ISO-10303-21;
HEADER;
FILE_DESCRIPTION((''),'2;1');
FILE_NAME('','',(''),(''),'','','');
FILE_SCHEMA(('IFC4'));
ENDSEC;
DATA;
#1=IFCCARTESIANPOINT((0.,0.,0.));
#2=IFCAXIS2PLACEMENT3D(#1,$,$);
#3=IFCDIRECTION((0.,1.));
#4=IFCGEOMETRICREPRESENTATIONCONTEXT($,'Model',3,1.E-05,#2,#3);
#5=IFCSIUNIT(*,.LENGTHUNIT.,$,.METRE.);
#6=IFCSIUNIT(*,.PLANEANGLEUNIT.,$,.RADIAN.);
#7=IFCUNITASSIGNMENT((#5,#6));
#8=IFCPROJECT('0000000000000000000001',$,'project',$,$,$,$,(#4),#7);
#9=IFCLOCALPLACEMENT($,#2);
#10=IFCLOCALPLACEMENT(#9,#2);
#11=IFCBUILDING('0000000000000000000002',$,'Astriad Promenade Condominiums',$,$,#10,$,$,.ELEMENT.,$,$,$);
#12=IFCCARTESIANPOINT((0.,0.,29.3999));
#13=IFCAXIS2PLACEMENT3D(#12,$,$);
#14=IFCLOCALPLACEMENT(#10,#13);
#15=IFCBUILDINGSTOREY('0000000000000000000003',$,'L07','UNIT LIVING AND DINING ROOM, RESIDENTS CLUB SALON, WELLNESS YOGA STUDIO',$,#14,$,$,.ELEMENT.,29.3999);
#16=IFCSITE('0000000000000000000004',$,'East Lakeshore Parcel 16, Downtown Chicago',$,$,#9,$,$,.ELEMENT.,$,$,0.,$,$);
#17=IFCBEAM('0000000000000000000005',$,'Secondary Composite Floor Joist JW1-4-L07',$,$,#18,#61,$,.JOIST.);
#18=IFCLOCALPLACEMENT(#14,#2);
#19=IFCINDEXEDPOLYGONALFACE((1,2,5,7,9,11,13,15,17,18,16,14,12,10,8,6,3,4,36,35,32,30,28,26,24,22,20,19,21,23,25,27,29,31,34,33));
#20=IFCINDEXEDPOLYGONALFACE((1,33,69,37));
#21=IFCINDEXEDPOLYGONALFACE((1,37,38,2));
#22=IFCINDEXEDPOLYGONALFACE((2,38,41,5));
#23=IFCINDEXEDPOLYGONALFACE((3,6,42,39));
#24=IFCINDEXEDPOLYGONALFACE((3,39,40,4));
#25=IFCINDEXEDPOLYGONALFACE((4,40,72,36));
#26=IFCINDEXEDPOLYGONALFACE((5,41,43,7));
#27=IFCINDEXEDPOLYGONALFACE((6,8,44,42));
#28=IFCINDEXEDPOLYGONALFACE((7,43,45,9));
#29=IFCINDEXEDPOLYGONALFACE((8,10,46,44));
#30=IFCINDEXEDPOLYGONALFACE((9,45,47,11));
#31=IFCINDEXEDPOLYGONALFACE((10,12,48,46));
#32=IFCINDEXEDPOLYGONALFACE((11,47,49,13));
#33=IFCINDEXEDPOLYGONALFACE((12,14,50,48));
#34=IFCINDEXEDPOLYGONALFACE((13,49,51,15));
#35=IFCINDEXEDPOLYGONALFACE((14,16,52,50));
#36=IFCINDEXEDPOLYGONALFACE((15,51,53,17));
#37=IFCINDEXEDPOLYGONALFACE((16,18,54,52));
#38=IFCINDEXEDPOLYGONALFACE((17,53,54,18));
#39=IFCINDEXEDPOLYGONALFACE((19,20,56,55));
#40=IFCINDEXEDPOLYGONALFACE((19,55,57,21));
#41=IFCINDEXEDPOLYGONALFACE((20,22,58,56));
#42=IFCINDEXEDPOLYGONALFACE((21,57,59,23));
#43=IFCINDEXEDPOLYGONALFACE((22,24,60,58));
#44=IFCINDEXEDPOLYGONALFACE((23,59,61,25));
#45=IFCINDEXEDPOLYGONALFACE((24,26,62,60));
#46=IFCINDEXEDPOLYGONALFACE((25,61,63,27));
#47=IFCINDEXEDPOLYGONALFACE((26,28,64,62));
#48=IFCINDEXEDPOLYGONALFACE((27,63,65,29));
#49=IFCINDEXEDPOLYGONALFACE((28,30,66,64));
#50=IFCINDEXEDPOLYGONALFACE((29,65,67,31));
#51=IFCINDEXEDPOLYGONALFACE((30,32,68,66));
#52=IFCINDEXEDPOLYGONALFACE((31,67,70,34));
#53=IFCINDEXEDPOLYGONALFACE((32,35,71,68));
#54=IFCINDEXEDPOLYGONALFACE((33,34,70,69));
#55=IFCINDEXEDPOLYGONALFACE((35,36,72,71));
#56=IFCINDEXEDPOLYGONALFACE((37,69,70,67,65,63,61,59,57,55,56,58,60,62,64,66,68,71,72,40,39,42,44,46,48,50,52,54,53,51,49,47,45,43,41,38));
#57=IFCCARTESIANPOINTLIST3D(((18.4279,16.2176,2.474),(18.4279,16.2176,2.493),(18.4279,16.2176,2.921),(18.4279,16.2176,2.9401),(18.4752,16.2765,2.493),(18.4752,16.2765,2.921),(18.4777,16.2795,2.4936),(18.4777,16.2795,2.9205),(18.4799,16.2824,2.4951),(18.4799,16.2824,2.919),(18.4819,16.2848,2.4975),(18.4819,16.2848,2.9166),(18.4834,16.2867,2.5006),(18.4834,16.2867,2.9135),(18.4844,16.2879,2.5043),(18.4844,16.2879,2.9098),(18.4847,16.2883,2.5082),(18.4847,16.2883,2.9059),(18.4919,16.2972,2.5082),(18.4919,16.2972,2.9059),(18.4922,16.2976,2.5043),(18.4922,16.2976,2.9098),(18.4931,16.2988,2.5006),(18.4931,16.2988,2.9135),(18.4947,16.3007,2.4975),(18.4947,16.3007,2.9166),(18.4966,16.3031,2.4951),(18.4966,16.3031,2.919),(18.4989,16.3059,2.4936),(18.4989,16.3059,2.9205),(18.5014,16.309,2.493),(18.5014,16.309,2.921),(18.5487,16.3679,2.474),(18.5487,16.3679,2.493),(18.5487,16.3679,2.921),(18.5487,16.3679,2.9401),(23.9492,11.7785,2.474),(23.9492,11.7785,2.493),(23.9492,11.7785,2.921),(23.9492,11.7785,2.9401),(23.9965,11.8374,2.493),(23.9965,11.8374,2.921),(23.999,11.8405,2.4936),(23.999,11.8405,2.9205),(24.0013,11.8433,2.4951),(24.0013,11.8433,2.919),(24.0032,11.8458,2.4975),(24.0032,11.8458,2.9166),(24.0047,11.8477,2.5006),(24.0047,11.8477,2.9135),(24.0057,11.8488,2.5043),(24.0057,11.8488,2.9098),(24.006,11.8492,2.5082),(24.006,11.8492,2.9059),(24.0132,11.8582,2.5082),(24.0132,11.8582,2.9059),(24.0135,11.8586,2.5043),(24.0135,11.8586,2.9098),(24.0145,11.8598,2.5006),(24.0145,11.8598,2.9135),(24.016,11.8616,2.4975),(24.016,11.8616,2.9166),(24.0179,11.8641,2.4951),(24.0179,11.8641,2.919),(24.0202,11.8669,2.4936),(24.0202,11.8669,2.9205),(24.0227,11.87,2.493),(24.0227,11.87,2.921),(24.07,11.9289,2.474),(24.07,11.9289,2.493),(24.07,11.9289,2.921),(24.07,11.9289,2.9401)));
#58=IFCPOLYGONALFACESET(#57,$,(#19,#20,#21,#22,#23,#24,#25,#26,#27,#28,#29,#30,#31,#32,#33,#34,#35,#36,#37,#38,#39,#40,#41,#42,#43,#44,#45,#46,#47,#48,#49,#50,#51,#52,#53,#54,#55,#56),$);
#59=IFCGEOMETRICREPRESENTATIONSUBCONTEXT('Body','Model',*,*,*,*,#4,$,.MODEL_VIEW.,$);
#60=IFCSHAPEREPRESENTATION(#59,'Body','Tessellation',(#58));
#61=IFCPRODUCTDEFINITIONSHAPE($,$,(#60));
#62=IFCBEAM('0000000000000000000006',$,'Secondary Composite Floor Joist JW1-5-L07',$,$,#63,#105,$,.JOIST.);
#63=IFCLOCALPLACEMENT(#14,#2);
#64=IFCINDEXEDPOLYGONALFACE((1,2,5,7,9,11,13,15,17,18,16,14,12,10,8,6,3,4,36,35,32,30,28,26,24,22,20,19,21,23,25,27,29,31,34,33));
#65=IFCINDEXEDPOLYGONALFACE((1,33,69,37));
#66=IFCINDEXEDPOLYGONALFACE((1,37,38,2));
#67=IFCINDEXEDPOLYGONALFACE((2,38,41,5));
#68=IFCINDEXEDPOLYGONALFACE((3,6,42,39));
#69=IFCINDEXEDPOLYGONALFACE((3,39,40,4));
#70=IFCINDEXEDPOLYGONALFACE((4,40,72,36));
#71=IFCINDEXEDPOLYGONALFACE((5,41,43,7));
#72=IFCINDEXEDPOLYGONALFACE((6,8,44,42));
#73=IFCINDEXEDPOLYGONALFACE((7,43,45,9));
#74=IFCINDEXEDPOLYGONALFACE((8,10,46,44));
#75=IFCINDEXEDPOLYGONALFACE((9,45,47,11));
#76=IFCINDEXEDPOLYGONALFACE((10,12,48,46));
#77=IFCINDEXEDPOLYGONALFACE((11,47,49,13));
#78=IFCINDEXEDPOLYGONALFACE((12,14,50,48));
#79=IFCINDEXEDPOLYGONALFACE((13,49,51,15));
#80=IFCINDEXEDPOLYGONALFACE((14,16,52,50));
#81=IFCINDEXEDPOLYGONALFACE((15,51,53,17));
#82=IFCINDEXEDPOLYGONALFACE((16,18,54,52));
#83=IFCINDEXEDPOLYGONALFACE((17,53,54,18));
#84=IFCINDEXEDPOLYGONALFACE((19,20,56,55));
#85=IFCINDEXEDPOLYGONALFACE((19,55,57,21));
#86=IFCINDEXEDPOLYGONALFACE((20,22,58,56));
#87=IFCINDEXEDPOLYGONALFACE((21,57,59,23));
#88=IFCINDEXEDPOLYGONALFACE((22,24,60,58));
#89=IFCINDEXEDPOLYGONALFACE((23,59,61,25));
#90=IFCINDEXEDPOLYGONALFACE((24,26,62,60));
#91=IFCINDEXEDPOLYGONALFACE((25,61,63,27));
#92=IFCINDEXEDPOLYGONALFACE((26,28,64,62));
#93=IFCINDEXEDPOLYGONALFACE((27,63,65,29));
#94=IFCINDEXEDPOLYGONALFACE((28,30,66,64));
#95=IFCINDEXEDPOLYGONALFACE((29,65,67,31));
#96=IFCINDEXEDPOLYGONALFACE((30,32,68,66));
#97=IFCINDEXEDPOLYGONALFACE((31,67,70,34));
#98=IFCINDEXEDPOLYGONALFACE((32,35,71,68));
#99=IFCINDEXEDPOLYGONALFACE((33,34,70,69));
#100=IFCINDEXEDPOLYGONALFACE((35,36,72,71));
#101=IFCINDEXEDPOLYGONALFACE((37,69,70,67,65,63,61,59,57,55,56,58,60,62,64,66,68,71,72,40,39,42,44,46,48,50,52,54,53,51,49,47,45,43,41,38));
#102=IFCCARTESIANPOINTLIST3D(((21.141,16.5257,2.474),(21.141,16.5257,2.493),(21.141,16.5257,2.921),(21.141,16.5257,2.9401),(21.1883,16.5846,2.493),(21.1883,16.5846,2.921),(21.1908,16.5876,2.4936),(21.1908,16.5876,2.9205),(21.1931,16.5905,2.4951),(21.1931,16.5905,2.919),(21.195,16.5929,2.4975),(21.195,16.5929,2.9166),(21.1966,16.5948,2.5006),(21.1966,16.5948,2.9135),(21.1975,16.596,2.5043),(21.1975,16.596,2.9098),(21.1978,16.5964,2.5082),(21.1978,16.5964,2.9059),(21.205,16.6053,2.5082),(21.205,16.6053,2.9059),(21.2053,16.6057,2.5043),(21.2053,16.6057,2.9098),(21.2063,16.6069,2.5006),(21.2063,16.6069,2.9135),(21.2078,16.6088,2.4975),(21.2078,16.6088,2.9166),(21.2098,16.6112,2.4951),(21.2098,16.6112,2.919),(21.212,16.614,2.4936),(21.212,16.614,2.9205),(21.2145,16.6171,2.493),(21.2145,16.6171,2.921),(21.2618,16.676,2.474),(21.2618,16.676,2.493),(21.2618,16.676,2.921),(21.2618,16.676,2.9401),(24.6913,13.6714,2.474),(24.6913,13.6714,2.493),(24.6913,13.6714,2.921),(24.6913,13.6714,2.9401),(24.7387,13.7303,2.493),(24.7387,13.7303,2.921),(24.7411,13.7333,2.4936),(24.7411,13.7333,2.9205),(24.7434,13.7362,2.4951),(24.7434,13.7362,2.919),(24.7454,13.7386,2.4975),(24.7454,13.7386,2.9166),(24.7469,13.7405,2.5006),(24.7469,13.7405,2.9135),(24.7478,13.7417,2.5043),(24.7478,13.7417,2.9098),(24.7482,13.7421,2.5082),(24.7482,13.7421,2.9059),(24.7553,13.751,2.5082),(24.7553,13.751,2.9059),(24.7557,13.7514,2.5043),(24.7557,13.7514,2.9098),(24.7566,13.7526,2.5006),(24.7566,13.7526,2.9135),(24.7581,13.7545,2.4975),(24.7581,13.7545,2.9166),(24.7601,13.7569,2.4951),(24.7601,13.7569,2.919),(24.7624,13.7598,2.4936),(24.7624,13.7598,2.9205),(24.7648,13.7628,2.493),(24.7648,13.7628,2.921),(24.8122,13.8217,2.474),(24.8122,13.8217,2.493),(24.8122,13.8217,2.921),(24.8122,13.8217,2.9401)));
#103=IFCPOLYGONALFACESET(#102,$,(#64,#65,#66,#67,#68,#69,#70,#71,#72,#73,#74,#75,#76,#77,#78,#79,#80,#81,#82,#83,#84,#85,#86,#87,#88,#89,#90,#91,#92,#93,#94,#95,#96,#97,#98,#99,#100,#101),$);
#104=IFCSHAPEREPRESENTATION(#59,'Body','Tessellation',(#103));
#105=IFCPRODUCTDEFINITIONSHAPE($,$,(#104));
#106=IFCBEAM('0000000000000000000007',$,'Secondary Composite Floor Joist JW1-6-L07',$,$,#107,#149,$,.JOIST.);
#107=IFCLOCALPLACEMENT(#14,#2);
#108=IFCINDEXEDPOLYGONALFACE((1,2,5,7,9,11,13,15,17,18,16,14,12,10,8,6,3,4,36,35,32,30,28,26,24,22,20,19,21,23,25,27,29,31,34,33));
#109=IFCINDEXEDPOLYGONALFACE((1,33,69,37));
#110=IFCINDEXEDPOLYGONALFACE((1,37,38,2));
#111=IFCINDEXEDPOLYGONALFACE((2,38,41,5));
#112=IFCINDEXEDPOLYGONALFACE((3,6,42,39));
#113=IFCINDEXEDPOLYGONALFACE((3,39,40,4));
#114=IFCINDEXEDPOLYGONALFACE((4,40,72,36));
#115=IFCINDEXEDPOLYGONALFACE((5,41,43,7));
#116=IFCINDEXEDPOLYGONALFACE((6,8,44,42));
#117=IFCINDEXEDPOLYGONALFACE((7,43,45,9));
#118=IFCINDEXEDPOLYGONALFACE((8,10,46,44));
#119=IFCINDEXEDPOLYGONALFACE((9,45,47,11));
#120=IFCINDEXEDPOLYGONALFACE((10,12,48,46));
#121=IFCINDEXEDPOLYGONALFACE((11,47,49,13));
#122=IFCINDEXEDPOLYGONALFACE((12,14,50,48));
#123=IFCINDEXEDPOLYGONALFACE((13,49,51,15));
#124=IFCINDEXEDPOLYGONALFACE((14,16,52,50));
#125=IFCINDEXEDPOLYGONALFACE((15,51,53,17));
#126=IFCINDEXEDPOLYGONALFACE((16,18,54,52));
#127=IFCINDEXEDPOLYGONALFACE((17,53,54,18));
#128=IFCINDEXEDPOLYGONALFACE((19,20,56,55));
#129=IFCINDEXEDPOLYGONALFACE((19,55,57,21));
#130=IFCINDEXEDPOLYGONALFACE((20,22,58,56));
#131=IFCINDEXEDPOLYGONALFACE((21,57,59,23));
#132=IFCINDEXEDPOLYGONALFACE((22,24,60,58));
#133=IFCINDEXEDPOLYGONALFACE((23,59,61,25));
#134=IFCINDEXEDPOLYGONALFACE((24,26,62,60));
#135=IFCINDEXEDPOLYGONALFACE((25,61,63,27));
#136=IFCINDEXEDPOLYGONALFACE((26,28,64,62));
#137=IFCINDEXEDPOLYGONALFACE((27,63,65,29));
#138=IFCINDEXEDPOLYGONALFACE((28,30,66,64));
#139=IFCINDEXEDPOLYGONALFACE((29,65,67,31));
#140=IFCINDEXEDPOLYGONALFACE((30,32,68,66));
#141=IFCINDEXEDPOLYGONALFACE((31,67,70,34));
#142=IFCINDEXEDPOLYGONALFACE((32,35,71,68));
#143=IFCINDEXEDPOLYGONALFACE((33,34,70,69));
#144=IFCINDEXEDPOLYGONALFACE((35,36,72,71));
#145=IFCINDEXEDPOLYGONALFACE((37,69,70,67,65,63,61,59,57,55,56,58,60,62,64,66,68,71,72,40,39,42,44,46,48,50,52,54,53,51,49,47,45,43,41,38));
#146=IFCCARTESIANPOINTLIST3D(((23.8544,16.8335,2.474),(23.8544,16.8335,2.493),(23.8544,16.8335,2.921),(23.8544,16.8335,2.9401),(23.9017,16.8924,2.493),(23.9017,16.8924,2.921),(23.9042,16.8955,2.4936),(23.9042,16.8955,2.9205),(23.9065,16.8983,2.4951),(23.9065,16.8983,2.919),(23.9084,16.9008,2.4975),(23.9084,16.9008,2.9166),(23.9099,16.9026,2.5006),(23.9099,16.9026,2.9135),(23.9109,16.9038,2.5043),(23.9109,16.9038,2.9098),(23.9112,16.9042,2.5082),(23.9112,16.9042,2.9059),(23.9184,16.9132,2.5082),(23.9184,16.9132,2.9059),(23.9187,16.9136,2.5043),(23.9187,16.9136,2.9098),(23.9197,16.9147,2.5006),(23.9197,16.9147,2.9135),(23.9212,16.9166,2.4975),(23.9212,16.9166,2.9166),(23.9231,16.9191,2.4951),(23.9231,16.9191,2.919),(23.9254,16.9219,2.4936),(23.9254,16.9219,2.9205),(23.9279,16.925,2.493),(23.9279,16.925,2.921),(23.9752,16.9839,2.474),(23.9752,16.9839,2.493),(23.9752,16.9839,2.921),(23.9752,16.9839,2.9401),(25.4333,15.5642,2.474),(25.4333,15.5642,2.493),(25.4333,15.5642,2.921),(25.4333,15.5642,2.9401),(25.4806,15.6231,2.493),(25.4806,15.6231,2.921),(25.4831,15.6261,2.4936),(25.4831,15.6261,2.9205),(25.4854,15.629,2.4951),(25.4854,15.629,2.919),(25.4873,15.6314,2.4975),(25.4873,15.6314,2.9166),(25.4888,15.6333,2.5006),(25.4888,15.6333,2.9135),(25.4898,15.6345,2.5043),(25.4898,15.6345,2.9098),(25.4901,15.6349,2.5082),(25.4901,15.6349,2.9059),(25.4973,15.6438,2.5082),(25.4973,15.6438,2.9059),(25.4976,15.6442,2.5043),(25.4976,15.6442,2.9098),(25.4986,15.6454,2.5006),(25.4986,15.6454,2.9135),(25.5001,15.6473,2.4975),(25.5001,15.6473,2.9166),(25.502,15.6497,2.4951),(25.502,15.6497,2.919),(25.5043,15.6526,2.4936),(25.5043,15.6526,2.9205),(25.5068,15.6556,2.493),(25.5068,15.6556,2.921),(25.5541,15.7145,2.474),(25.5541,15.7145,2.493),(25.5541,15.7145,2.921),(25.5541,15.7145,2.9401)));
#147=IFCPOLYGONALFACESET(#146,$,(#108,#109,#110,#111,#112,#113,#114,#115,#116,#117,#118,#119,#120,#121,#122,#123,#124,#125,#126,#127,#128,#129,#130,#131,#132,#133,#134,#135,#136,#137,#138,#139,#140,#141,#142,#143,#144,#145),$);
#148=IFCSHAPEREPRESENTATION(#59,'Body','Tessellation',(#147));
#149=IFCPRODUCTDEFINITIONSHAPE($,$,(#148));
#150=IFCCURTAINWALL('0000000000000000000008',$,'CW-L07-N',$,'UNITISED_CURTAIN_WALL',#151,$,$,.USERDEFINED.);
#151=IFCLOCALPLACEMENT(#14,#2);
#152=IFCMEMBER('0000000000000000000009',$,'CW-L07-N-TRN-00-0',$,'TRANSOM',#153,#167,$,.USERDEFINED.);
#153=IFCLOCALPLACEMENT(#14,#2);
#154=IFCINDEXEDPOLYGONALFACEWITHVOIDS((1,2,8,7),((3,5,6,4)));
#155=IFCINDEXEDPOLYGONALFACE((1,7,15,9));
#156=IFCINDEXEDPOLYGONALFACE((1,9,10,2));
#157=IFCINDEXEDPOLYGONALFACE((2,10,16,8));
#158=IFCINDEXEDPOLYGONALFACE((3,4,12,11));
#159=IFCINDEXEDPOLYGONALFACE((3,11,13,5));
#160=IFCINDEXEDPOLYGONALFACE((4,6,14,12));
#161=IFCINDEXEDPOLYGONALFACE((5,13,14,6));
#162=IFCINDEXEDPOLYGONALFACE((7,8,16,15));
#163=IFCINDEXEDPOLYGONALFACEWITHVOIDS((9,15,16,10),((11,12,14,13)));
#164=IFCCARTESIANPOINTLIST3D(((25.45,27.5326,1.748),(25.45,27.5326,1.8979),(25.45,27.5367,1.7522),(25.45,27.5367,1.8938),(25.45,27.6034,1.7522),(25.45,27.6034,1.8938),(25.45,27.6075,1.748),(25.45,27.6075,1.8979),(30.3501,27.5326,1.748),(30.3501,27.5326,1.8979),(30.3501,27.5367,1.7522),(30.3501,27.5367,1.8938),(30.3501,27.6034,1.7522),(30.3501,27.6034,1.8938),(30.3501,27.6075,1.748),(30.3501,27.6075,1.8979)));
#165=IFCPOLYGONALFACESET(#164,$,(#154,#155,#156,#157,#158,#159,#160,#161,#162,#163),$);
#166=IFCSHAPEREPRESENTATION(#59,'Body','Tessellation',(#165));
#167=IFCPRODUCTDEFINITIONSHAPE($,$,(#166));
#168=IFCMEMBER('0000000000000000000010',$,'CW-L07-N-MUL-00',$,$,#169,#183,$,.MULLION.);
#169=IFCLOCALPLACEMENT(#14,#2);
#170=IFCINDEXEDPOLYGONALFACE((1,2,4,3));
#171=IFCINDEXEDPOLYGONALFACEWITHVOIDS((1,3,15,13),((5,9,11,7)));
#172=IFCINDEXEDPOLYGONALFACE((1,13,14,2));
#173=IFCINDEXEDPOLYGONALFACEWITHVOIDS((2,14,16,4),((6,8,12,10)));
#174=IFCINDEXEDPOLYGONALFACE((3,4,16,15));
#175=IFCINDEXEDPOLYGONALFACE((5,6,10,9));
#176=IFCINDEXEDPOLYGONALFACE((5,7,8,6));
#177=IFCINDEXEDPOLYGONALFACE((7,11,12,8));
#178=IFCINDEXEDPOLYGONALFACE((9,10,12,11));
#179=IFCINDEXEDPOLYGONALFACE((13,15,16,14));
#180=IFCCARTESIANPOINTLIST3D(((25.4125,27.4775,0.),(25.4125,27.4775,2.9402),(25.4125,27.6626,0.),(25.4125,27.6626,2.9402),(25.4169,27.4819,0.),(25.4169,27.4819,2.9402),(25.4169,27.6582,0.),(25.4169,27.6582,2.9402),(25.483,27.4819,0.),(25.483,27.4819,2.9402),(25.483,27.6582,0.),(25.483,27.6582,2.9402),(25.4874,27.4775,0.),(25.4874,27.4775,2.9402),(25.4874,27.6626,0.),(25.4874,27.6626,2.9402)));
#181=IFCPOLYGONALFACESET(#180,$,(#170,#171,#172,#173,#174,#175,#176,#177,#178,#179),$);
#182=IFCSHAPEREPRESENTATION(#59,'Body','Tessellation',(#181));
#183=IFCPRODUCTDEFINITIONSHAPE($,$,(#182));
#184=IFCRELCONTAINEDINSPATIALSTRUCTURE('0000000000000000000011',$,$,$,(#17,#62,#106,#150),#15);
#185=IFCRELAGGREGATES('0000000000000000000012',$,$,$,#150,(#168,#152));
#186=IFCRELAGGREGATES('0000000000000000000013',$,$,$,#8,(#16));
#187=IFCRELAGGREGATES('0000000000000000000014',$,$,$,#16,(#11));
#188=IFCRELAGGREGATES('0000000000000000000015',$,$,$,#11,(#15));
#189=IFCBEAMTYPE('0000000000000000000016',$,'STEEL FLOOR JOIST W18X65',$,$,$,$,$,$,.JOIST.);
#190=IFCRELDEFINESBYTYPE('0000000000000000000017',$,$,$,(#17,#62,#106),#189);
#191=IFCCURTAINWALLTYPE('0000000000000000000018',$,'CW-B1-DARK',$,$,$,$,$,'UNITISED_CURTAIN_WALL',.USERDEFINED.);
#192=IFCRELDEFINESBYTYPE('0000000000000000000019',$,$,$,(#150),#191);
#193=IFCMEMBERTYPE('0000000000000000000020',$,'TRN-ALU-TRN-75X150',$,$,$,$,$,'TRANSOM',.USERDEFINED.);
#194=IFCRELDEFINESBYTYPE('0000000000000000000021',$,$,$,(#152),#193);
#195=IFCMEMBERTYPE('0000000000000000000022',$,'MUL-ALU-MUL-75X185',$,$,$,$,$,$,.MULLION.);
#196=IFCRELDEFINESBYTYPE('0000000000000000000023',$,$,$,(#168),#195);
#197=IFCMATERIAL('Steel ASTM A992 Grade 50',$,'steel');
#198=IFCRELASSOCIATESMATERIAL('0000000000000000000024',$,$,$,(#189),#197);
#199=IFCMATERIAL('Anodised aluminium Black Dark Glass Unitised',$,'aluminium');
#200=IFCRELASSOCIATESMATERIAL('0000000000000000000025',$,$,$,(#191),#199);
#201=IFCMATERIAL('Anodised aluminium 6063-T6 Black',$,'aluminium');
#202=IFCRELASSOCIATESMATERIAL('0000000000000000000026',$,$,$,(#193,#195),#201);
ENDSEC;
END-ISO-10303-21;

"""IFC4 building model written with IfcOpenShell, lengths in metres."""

from ifc_helpers import new_model, si_unit, direction, frame, origin, origin_2d, place, context, subcontext, project, spatial, hollow_rectangle, i_section, extrude, source, transform, mapped, material, material_profile, profile_set, type_object, type_shapes, element, aggregate, save


model = new_model("IFC4")

# Units and contexts
model_context = context("Model", 3, precision=1e-05, world=origin(), true_north=direction((0.0, 1.0)))
body_context = subcontext(model_context, "Body", "Model", "MODEL_VIEW")
ifc_project = project(units=[si_unit("LENGTHUNIT", "METRE"), si_unit("PLANEANGLEUNIT", "RADIAN")], contexts=[model_context])

# Site, building, storey
site_placement = place(None, origin())
site = spatial("IfcSite", under=ifc_project, at=site_placement, Name="East Lakeshore Parcel 16, Downtown Chicago", CompositionType="ELEMENT", RefElevation=0.0)
building_placement = place(site_placement, origin())
building = spatial("IfcBuilding", under=site, at=building_placement, Name="Astriad Promenade Condominiums", CompositionType="ELEMENT")
storey_placement = place(building_placement, frame((0.0, 0.0, 29.3999)))
storey = spatial("IfcBuildingStorey", under=building, at=storey_placement, Name="L07", Description="UNIT LIVING AND DINING ROOM, RESIDENTS CLUB SALON, WELLNESS YOGA STUDIO", CompositionType="ELEMENT", Elevation=29.3999)

# Shared definitions
ifc_material_1 = material(Name="Steel ASTM A992 Grade 50", Category="steel")

# Beams
ifc_material_profile_1 = material_profile(ifc_material_1, i_section(OverallWidth=0.1929, OverallDepth=0.4661, WebThickness=0.0115, FlangeThickness=0.019, FilletRadius=0.0151, at=origin_2d()), Name="W18X65")
ifc_profile_set_1 = profile_set([ifc_material_profile_1], Name="Steel ASTM A992 Grade 50")
beam_type_1 = type_object("IfcBeamType", Name="STEEL FLOOR JOIST W18X65", PredefinedType="JOIST", material=ifc_profile_set_1)
shared_shape_1 = source(origin(), body_context, "Body", "SweptSolid", [
    extrude(i_section(OverallWidth=0.1929, OverallDepth=0.4661, WebThickness=0.0115, FlangeThickness=0.019, FilletRadius=0.0151, at=origin_2d()), origin(), (0.0, 0.0, 1.0), 7.0845),
])
beam_1_placement = place(storey_placement, frame((18.4883, 16.2927, 2.707), z_axis=(0.779354, -0.626584, 0.0), x_axis=(0.626584, 0.779354, 0.0)))
element("IfcBeam", 1, at=beam_1_placement, inside=storey, type_object=beam_type_1, Name="Secondary Composite Floor Joist JW1-4-L07", PredefinedType="JOIST", context=body_context, shape_type="MappedRepresentation", body=[
    mapped(shared_shape_1, transform((0.0, 0.0, 0.0), scale=1.0)),
])
shared_shape_2 = source(origin(), body_context, "Body", "SweptSolid", [
    extrude(i_section(OverallWidth=0.1929, OverallDepth=0.4661, WebThickness=0.0115, FlangeThickness=0.019, FilletRadius=0.0151, at=origin_2d()), origin(), (0.0, 0.0, 1.0), 4.5554),
])
beam_2_placement = place(storey_placement, frame((21.2014, 16.6008, 2.707), z_axis=(0.779366, -0.626569, 0.0), x_axis=(0.626569, 0.779366, 0.0)))
element("IfcBeam", 2, at=beam_2_placement, inside=storey, type_object=beam_type_1, Name="Secondary Composite Floor Joist JW1-5-L07", PredefinedType="JOIST", context=body_context, shape_type="MappedRepresentation", body=[
    mapped(shared_shape_2, transform((0.0, 0.0, 0.0), scale=1.0)),
])
shared_shape_3 = source(origin(), body_context, "Body", "SweptSolid", [
    extrude(i_section(OverallWidth=0.1929, OverallDepth=0.4661, WebThickness=0.0115, FlangeThickness=0.019, FilletRadius=0.0151, at=origin_2d()), origin(), (0.0, 0.0, 1.0), 2.0259),
])
type_shapes(beam_type_1, [shared_shape_1, shared_shape_2, shared_shape_3])
beam_3_placement = place(storey_placement, frame((23.9148, 16.9087, 2.707), z_axis=(0.779373, -0.62656, 0.0), x_axis=(0.62656, 0.779373, 0.0)))
element("IfcBeam", 3, at=beam_3_placement, inside=storey, type_object=beam_type_1, Name="Secondary Composite Floor Joist JW1-6-L07", PredefinedType="JOIST", context=body_context, shape_type="MappedRepresentation", body=[
    mapped(shared_shape_3, transform((0.0, 0.0, 0.0), scale=1.0)),
])

# Curtain wall, members
ifc_material_2 = material(Name="Anodised aluminium Black Dark Glass Unitised", Category="aluminium")
curtain_wall_type = type_object("IfcCurtainWallType", Name="CW-B1-DARK", ElementType="UNITISED_CURTAIN_WALL", PredefinedType="USERDEFINED", material=ifc_material_2)
curtain_wall_placement = place(storey_placement, origin())
curtain_wall = element("IfcCurtainWall", 4, at=curtain_wall_placement, inside=storey, type_object=curtain_wall_type, Name="CW-L07-N", ObjectType="UNITISED_CURTAIN_WALL", PredefinedType="USERDEFINED")
ifc_material_3 = material(Name="Anodised aluminium 6063-T6 Black", Category="aluminium")
ifc_material_profile_2 = material_profile(ifc_material_3, hollow_rectangle(XDim=0.075, YDim=0.1499, WallThickness=0.0042, at=origin_2d()), Name="ALU-TRN-75X150")
ifc_profile_set_2 = profile_set([ifc_material_profile_2], Name="Anodised aluminium 6063-T6 Black")
member_type_1 = type_object("IfcMemberType", Name="TRN-ALU-TRN-75X150", ElementType="TRANSOM", PredefinedType="USERDEFINED", material=ifc_profile_set_2)
shared_shape_4 = source(origin(), body_context, "Body", "SweptSolid", [
    extrude(hollow_rectangle(XDim=0.075, YDim=0.1499, WallThickness=0.0042, at=origin_2d()), origin(), (0.0, 0.0, 1.0), 4.9001),
])
type_shapes(member_type_1, [shared_shape_4])
member_1_placement = place(storey_placement, frame((25.45, 27.5701, 1.823), z_axis=(1.0, 0.0, 0.0), x_axis=(0.0, 1.0, 0.0)))
member_1 = element("IfcMember", 5, at=member_1_placement, type_object=member_type_1, Name="CW-L07-N-TRN-00-0", ObjectType="TRANSOM", PredefinedType="USERDEFINED", context=body_context, shape_type="MappedRepresentation", body=[
    mapped(shared_shape_4, transform((0.0, 0.0, 0.0), scale=1.0)),
])
ifc_material_profile_3 = material_profile(ifc_material_3, hollow_rectangle(XDim=0.075, YDim=0.1851, WallThickness=0.0044, at=origin_2d()), Name="ALU-MUL-75X185")
ifc_profile_set_3 = profile_set([ifc_material_profile_3], Name="Anodised aluminium 6063-T6 Black")
member_type_2 = type_object("IfcMemberType", Name="MUL-ALU-MUL-75X185", PredefinedType="MULLION", material=ifc_profile_set_3)
shared_shape_5 = source(origin(), body_context, "Body", "SweptSolid", [
    extrude(hollow_rectangle(XDim=0.075, YDim=0.1851, WallThickness=0.0044, at=origin_2d()), origin(), (0.0, 0.0, 1.0), 2.9402),
])
type_shapes(member_type_2, [shared_shape_5])
member_2_placement = place(storey_placement, frame((25.45, 27.5701, 0.0), z_axis=(0.0, 0.0, 1.0), x_axis=(1.0, 0.0, 0.0)))
member_2 = element("IfcMember", 6, at=member_2_placement, type_object=member_type_2, Name="CW-L07-N-MUL-00", PredefinedType="MULLION", context=body_context, shape_type="MappedRepresentation", body=[
    mapped(shared_shape_5, transform((0.0, 0.0, 0.0), scale=1.0)),
])
aggregate(curtain_wall, [member_2, member_1])

save(model, "model.ifc")
